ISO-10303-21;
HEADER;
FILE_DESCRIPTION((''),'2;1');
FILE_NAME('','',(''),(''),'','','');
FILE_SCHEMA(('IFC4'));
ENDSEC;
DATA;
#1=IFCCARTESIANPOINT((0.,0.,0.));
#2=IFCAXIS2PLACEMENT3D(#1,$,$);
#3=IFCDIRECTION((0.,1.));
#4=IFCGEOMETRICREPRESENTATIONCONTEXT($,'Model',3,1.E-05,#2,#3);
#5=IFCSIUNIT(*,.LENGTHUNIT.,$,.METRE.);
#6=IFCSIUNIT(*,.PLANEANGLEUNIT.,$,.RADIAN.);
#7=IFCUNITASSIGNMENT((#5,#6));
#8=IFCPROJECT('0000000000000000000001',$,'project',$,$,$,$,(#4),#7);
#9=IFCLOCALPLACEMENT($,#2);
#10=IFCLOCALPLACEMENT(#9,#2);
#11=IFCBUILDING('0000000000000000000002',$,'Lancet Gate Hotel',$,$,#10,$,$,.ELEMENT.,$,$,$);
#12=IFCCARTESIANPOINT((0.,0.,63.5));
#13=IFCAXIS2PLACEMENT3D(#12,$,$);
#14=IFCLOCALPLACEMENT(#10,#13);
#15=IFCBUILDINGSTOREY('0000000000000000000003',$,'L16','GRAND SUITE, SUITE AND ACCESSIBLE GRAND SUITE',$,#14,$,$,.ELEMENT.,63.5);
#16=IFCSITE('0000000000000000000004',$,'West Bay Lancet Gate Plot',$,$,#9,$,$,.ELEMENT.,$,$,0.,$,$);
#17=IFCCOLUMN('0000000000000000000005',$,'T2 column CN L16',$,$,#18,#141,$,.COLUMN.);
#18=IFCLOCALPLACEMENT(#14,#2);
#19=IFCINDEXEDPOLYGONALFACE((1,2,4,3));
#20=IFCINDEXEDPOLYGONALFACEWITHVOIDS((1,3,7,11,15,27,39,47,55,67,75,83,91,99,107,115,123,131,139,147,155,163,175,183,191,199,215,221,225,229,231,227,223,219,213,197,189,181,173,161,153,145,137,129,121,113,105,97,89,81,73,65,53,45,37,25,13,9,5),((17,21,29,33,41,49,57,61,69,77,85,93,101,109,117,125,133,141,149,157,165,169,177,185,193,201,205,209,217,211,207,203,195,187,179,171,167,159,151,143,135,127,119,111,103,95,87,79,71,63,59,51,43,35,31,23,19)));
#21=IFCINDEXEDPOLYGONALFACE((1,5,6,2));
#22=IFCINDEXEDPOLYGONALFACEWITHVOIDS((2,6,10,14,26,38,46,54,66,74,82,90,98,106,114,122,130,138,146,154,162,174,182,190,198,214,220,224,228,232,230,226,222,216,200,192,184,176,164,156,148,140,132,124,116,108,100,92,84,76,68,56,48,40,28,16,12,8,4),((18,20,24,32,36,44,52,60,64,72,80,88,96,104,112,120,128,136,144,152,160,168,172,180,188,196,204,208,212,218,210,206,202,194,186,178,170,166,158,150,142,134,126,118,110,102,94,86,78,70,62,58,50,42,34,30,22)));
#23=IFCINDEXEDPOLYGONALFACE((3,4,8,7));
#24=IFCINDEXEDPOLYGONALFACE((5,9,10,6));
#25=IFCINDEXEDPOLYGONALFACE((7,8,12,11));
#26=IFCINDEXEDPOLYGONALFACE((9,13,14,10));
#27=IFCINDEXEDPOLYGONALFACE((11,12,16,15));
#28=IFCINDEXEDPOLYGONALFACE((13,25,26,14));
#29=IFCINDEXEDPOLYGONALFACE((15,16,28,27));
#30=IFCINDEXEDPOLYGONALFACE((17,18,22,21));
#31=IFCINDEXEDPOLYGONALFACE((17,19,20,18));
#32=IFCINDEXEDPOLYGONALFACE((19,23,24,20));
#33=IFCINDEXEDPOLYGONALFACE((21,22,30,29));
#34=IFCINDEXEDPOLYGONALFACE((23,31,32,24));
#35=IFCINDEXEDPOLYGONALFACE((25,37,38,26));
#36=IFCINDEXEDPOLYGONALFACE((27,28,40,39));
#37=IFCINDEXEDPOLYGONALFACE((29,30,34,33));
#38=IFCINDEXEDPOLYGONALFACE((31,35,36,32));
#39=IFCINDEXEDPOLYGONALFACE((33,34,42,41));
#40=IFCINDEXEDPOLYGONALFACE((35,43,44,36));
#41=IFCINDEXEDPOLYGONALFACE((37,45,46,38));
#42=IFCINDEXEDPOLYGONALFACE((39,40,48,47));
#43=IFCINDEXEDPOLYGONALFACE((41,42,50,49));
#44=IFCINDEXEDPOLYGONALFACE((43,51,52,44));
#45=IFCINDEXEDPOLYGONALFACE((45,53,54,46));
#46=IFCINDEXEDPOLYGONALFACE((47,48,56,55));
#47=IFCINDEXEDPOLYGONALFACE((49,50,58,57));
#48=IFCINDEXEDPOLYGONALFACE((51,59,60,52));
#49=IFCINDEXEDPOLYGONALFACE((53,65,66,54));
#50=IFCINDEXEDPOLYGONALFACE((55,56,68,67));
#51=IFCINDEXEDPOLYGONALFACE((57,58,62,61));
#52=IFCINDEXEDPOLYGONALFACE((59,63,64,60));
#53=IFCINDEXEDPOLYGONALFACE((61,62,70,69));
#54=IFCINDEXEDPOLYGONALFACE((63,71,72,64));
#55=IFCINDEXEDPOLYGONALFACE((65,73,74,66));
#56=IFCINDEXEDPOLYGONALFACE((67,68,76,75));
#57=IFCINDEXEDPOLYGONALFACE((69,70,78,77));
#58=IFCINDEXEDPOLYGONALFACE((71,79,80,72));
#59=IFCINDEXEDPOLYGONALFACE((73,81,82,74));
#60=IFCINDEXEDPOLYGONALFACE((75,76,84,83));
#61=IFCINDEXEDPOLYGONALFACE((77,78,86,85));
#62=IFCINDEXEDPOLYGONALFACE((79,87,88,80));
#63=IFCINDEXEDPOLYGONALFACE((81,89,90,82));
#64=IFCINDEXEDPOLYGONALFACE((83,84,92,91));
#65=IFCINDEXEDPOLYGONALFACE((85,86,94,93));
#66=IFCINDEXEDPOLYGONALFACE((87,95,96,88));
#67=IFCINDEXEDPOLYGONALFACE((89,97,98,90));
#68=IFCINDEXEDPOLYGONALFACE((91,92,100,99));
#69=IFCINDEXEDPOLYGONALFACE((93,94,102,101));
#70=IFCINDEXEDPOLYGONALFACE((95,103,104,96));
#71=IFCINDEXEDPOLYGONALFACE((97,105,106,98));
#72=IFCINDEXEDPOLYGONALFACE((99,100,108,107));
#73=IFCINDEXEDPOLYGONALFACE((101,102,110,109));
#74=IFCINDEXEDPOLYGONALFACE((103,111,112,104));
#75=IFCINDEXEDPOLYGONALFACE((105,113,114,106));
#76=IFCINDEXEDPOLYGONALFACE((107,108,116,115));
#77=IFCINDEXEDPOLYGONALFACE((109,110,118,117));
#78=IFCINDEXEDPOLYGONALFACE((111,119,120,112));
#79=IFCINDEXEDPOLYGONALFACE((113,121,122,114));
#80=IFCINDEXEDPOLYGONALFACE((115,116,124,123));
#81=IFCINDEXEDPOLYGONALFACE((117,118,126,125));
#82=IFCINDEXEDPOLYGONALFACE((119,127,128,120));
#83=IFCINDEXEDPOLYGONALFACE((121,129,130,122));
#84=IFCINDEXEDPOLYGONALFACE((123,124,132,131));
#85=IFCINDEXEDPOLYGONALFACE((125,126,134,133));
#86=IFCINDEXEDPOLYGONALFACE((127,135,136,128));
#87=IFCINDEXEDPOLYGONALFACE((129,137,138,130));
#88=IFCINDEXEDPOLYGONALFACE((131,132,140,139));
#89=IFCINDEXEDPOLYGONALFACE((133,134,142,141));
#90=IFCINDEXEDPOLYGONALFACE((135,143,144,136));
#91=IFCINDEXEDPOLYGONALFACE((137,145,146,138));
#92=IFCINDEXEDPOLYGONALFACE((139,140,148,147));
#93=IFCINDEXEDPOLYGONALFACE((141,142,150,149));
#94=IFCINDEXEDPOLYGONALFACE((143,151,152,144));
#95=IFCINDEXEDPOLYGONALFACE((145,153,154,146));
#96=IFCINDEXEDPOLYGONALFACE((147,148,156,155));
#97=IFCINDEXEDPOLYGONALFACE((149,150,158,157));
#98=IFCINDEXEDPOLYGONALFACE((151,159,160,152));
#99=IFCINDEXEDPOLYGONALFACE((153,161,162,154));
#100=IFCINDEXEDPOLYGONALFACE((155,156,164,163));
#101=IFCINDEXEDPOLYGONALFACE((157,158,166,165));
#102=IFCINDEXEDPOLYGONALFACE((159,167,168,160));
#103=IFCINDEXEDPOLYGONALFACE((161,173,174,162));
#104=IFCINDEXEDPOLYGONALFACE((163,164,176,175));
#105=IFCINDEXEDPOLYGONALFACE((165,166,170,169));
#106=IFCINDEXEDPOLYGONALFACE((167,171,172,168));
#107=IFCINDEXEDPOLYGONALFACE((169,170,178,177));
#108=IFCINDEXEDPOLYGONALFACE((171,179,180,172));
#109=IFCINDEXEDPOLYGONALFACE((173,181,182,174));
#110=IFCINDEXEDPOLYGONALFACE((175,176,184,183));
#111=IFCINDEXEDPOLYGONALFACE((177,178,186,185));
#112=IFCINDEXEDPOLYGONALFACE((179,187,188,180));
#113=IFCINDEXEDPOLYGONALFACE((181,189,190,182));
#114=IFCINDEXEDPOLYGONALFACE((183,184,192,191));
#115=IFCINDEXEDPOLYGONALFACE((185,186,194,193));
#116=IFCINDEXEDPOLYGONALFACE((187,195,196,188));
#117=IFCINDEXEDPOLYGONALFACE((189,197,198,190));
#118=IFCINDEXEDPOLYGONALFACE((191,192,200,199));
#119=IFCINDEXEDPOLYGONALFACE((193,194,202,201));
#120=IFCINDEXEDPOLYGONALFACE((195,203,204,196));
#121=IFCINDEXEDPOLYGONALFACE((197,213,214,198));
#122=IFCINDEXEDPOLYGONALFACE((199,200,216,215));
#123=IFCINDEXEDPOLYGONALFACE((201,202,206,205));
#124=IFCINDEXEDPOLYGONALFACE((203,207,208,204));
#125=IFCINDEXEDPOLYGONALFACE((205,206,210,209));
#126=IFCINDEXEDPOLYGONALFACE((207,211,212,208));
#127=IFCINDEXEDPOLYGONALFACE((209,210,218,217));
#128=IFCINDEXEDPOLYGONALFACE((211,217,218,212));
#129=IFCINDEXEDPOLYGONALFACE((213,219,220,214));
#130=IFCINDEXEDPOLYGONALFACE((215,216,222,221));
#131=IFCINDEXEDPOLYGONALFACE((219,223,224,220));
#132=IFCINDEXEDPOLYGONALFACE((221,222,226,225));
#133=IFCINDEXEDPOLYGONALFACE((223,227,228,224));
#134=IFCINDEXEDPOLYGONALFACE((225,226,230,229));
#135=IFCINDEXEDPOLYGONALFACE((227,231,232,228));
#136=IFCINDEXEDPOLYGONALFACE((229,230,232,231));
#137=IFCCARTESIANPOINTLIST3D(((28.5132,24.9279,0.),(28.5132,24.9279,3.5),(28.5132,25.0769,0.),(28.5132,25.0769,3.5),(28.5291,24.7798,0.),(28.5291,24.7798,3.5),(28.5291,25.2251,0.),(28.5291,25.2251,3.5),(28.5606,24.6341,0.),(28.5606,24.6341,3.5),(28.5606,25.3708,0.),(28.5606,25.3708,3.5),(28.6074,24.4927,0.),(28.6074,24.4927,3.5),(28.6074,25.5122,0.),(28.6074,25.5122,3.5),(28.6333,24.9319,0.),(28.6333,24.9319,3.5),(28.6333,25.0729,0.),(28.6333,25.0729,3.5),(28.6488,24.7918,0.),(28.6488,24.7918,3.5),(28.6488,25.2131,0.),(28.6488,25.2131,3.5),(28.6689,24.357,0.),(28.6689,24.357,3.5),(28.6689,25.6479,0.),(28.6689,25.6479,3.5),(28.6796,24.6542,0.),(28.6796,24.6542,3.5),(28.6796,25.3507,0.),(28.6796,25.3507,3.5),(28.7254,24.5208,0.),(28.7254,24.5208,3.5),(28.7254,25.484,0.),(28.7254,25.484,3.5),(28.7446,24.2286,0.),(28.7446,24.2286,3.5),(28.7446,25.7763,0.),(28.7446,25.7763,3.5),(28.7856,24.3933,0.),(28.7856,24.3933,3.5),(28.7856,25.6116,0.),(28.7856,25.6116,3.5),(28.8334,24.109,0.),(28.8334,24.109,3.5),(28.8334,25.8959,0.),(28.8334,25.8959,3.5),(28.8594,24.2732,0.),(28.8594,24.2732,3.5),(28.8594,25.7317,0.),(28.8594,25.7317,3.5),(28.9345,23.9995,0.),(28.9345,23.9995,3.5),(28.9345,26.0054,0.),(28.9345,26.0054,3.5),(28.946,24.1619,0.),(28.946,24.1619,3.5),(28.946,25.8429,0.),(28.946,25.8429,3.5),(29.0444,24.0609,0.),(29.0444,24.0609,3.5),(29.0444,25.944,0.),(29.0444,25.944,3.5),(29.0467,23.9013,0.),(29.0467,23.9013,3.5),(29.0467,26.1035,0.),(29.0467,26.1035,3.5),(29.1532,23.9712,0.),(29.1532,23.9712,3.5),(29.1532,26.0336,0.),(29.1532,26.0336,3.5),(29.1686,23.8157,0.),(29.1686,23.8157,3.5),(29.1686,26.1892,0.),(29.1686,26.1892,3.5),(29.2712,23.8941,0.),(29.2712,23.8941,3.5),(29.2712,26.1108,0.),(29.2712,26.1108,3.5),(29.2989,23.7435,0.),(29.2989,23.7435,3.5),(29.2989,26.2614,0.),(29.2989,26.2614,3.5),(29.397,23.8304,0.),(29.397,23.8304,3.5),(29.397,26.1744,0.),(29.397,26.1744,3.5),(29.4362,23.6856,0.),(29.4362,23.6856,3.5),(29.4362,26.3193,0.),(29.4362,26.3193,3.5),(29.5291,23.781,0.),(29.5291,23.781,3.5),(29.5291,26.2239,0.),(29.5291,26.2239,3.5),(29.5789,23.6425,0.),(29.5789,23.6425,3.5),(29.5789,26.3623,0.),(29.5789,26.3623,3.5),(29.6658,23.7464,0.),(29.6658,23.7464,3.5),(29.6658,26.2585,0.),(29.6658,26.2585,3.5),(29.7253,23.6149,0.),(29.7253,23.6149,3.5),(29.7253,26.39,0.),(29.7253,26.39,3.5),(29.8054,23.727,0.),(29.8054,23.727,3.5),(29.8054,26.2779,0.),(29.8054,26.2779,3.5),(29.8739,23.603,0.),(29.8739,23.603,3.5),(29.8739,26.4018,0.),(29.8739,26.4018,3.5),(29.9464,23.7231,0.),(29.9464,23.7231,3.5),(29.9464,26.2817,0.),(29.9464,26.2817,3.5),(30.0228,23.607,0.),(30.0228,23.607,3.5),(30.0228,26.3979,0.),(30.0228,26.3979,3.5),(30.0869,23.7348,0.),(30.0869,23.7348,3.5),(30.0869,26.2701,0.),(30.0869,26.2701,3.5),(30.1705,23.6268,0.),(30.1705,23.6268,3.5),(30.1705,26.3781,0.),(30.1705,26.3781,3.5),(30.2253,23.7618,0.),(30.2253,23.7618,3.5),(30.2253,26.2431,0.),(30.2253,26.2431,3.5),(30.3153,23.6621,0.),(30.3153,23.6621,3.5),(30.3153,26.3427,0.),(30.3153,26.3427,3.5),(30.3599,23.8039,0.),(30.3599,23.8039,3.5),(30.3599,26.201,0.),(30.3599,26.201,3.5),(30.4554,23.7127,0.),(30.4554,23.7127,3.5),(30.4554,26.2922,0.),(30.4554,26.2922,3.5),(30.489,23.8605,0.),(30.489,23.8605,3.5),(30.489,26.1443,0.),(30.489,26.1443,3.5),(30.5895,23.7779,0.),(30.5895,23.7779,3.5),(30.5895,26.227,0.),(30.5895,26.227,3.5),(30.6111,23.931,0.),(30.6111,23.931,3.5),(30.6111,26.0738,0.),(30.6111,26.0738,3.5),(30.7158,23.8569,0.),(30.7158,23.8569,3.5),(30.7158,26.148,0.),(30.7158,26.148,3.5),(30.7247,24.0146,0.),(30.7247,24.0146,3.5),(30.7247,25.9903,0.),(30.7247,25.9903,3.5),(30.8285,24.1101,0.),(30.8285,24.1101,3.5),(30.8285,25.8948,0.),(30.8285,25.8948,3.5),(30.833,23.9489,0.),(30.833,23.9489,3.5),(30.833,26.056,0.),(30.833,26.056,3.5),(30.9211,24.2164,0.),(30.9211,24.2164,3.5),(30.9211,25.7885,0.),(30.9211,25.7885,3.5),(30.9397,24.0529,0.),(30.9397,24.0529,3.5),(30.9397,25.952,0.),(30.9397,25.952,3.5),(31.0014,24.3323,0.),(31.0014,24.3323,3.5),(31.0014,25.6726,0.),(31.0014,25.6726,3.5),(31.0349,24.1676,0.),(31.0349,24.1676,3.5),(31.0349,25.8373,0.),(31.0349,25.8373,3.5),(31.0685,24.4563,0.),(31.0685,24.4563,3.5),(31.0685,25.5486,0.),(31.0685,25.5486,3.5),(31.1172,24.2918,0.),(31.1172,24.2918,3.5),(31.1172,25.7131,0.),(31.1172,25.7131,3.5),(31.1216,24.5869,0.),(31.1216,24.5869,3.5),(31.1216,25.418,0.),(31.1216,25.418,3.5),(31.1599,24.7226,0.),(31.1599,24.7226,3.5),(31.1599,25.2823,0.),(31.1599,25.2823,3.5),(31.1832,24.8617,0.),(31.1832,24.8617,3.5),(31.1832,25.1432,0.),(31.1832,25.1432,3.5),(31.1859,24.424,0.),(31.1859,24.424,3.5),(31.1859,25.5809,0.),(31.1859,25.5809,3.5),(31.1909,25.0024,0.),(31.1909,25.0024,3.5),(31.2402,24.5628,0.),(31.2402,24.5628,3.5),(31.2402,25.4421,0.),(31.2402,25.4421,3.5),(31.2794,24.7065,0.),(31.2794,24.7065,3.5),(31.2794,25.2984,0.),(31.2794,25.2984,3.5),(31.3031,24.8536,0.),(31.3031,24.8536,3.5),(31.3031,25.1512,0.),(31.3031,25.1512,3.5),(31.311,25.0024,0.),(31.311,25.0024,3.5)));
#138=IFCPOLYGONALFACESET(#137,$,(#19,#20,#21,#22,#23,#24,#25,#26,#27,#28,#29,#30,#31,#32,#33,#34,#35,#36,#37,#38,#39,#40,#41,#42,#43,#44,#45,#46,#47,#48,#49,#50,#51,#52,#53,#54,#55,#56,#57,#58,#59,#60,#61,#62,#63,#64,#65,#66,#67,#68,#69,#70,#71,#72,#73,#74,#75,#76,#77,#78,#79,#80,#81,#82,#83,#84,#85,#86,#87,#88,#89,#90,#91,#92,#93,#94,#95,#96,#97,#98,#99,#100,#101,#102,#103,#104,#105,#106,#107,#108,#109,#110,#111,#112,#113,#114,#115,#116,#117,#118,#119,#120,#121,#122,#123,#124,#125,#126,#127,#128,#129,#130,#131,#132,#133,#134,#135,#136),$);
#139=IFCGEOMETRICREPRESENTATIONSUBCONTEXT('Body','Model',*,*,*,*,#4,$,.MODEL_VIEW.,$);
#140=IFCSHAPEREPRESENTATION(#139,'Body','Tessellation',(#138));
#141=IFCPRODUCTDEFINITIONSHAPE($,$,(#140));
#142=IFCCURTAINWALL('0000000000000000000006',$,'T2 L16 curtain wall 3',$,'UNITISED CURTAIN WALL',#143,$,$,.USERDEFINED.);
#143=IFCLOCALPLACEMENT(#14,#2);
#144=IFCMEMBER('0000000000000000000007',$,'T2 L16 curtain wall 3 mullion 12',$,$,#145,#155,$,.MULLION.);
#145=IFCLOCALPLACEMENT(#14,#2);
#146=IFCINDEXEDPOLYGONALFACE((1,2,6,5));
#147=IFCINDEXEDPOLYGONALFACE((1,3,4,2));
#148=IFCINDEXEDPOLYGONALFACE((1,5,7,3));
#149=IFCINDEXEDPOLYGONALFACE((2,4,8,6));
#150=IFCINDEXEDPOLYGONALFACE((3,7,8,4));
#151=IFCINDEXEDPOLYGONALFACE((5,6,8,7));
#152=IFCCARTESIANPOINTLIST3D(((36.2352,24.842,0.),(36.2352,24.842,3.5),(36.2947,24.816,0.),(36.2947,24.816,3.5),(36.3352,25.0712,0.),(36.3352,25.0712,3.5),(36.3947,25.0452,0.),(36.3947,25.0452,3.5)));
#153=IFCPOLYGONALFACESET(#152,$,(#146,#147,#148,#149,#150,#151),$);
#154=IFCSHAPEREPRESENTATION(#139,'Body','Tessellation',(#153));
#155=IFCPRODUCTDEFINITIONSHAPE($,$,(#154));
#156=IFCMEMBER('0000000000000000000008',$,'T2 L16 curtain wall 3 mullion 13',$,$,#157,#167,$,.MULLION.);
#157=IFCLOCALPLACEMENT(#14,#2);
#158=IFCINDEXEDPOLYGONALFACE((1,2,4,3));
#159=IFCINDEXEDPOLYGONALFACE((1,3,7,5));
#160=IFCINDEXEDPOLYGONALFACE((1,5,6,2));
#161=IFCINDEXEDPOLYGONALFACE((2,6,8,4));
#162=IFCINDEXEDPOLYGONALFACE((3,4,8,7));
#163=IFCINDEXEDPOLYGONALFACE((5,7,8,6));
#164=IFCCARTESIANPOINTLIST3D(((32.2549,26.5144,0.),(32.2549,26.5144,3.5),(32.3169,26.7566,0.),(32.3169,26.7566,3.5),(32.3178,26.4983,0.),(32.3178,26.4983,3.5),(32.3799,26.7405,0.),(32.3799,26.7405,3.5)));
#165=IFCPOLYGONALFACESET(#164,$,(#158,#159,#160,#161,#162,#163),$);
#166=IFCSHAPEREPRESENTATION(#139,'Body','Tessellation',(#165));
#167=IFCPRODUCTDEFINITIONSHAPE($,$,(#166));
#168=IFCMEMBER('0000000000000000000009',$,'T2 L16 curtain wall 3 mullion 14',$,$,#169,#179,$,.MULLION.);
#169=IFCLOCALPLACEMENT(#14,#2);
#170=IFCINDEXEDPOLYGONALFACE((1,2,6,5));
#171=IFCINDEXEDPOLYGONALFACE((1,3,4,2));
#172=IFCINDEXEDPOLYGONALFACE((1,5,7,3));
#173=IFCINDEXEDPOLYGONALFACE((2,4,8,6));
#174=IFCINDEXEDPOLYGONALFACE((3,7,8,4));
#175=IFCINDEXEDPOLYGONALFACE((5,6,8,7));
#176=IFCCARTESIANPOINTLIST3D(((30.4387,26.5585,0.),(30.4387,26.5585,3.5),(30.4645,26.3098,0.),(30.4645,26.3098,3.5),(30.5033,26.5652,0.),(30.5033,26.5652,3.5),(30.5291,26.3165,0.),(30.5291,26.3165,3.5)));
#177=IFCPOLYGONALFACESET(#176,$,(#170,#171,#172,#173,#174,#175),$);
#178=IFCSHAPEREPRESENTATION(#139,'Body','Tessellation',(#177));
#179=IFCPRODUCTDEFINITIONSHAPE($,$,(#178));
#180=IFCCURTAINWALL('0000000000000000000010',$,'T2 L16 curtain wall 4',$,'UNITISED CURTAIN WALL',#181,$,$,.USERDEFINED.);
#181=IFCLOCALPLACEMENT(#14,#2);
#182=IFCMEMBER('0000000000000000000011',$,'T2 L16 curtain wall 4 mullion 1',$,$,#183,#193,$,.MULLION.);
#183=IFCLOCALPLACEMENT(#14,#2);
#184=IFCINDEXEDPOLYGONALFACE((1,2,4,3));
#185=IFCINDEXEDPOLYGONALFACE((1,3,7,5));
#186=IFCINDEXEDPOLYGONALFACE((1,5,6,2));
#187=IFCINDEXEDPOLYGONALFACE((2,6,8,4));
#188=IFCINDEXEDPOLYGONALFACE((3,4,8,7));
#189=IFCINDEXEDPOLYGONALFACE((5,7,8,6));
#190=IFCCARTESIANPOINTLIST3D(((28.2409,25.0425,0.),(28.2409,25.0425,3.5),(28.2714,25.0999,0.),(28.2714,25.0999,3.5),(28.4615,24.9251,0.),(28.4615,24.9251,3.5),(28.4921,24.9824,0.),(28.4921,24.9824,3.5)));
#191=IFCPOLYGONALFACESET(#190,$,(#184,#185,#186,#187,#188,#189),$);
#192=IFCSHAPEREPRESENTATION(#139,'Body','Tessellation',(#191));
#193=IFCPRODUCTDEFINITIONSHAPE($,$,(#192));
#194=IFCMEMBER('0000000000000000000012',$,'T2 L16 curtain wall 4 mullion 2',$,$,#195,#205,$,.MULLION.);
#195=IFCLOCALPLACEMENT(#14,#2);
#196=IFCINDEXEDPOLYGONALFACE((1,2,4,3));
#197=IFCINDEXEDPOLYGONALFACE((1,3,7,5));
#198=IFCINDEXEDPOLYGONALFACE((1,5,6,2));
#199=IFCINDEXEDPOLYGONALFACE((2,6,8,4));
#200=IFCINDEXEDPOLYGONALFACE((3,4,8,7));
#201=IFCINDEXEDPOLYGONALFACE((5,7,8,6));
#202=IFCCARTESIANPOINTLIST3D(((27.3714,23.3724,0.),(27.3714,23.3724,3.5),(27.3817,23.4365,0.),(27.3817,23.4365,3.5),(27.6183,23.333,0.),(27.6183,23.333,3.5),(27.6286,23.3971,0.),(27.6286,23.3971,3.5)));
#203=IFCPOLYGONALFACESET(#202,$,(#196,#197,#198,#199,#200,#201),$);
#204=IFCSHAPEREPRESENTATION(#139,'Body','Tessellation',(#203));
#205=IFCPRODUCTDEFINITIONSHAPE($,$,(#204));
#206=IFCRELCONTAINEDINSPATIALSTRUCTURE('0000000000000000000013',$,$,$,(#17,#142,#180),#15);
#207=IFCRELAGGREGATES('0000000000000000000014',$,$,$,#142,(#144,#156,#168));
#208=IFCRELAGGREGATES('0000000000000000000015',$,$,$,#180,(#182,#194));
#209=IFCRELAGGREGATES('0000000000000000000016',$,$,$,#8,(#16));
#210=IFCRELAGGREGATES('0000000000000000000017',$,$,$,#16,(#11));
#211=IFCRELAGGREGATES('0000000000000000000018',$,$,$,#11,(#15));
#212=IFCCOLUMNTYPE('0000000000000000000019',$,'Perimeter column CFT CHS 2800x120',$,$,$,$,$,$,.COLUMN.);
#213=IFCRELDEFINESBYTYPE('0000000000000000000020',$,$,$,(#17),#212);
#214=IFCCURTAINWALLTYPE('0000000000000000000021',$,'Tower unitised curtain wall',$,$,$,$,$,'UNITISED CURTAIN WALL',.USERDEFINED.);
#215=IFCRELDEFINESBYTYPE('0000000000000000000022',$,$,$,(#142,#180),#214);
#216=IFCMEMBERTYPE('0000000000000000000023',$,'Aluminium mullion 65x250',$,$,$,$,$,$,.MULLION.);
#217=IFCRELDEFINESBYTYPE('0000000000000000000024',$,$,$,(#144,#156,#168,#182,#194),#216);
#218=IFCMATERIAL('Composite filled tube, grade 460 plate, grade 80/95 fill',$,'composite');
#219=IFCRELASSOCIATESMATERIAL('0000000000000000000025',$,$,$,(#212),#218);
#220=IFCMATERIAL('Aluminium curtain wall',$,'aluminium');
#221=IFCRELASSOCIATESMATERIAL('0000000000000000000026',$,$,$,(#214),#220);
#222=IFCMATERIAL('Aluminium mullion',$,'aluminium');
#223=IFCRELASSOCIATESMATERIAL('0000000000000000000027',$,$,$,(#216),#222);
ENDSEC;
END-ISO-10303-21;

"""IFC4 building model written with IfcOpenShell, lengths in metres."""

from ifc_helpers import new_model, si_unit, direction, frame, origin, origin_2d, place, context, subcontext, project, spatial, rectangle, hollow_circle, extrude, material, material_profile, profile_set, type_object, element, aggregate, save


model = new_model("IFC4")

# Units and contexts
model_context = context("Model", 3, precision=1e-05, world=origin(), true_north=direction((0.0, 1.0)))
body_context = subcontext(model_context, "Body", "Model", "MODEL_VIEW")
ifc_project = project(units=[si_unit("LENGTHUNIT", "METRE"), si_unit("PLANEANGLEUNIT", "RADIAN")], contexts=[model_context])

# Site, building, storey
site_placement = place(None, origin())
site = spatial("IfcSite", under=ifc_project, at=site_placement, Name="West Bay Lancet Gate Plot", CompositionType="ELEMENT", RefElevation=0.0)
building_placement = place(site_placement, origin())
building = spatial("IfcBuilding", under=site, at=building_placement, Name="Lancet Gate Hotel", CompositionType="ELEMENT")
storey_placement = place(building_placement, frame((0.0, 0.0, 63.5)))
storey = spatial("IfcBuildingStorey", under=building, at=storey_placement, Name="L16", Description="GRAND SUITE, SUITE AND ACCESSIBLE GRAND SUITE", CompositionType="ELEMENT", Elevation=63.5)

# Column
ifc_material_1 = material(Name="Composite filled tube, grade 460 plate, grade 80/95 fill", Category="composite")
ifc_material_profile_1 = material_profile(ifc_material_1, hollow_circle(Radius=1.3999, WallThickness=0.1201, at=origin_2d()), Name="CHS 2800x120")
ifc_profile_set_1 = profile_set([ifc_material_profile_1], Name="Composite filled tube, grade 460 plate, grade 80/95 fill")
column_type = type_object("IfcColumnType", Name="Perimeter column CFT CHS 2800x120", PredefinedType="COLUMN", material=ifc_profile_set_1)
column_placement = place(storey_placement, frame((29.9111, 25.0024, 0.0), z_axis=(0.0, 0.0, 1.0), x_axis=(1.0, 0.0, 0.0)))
element("IfcColumn", 1, at=column_placement, inside=storey, type_object=column_type, Name="T2 column CN L16", PredefinedType="COLUMN", context=body_context, shape_type="SweptSolid", body=[
    extrude(hollow_circle(Radius=1.3999, WallThickness=0.1201, at=origin_2d()), origin(), (0.0, 0.0, 1.0), 3.5),
])

# Curtain walls, members
ifc_material_2 = material(Name="Aluminium curtain wall", Category="aluminium")
curtain_wall_type = type_object("IfcCurtainWallType", Name="Tower unitised curtain wall", ElementType="UNITISED CURTAIN WALL", PredefinedType="USERDEFINED", material=ifc_material_2)
curtain_wall_1_placement = place(storey_placement, origin())
curtain_wall_1 = element("IfcCurtainWall", 2, at=curtain_wall_1_placement, inside=storey, type_object=curtain_wall_type, Name="T2 L16 curtain wall 3", ObjectType="UNITISED CURTAIN WALL", PredefinedType="USERDEFINED")
ifc_material_3 = material(Name="Aluminium mullion", Category="aluminium")
ifc_material_profile_2 = material_profile(ifc_material_3, rectangle(XDim=0.0649, YDim=0.25, at=origin_2d()), Name="MULLION 65x250")
ifc_profile_set_2 = profile_set([ifc_material_profile_2], Name="Aluminium mullion")
member_type_1 = type_object("IfcMemberType", Name="Aluminium mullion 65x250", PredefinedType="MULLION", material=ifc_profile_set_2)
member_1_placement = place(storey_placement, frame((36.3149, 24.9436, 0.0), z_axis=(0.0, 0.0, 1.0), x_axis=(-0.916579, 0.399854, 0.0)))
member_1 = element("IfcMember", 3, at=member_1_placement, type_object=member_type_1, Name="T2 L16 curtain wall 3 mullion 12", PredefinedType="MULLION", context=body_context, shape_type="SweptSolid", body=[
    extrude(rectangle(XDim=0.0649, YDim=0.25, at=origin_2d()), origin(), (0.0, 0.0, 1.0), 3.5),
])
member_2_placement = place(storey_placement, frame((32.3174, 26.6274, 0.0), z_axis=(0.0, 0.0, 1.0), x_axis=(-0.968721, 0.24815, 0.0)))
member_2 = element("IfcMember", 4, at=member_2_placement, type_object=member_type_1, Name="T2 L16 curtain wall 3 mullion 13", PredefinedType="MULLION", context=body_context, shape_type="SweptSolid", body=[
    extrude(rectangle(XDim=0.0649, YDim=0.25, at=origin_2d()), origin(), (0.0, 0.0, 1.0), 3.5),
])
member_3_placement = place(storey_placement, frame((30.4839, 26.4375, 0.0), z_axis=(0.0, 0.0, 1.0), x_axis=(-0.994672, -0.103088, 0.0)))
member_3 = element("IfcMember", 5, at=member_3_placement, type_object=member_type_1, Name="T2 L16 curtain wall 3 mullion 14", PredefinedType="MULLION", context=body_context, shape_type="SweptSolid", body=[
    extrude(rectangle(XDim=0.0649, YDim=0.25, at=origin_2d()), origin(), (0.0, 0.0, 1.0), 3.5),
])
curtain_wall_2_placement = place(storey_placement, origin())
curtain_wall_2 = element("IfcCurtainWall", 6, at=curtain_wall_2_placement, inside=storey, type_object=curtain_wall_type, Name="T2 L16 curtain wall 4", ObjectType="UNITISED CURTAIN WALL", PredefinedType="USERDEFINED")
member_4_placement = place(storey_placement, frame((28.3665, 25.0125, 0.0), z_axis=(0.0, 0.0, 1.0), x_axis=(-0.469898, -0.882721, 0.0)))
member_4 = element("IfcMember", 7, at=member_4_placement, type_object=member_type_1, Name="T2 L16 curtain wall 4 mullion 1", PredefinedType="MULLION", context=body_context, shape_type="SweptSolid", body=[
    extrude(rectangle(XDim=0.0649, YDim=0.25, at=origin_2d()), origin(), (0.0, 0.0, 1.0), 3.5),
])
member_5_placement = place(storey_placement, frame((27.5, 23.3848, 0.0), z_axis=(0.0, 0.0, 1.0), x_axis=(-0.157752, -0.987479, 0.0)))
member_5 = element("IfcMember", 8, at=member_5_placement, type_object=member_type_1, Name="T2 L16 curtain wall 4 mullion 2", PredefinedType="MULLION", context=body_context, shape_type="SweptSolid", body=[
    extrude(rectangle(XDim=0.0649, YDim=0.25, at=origin_2d()), origin(), (0.0, 0.0, 1.0), 3.5),
])

aggregate(curtain_wall_1, [member_1, member_2, member_3])
aggregate(curtain_wall_2, [member_4, member_5])

save(model, "model.ifc")
